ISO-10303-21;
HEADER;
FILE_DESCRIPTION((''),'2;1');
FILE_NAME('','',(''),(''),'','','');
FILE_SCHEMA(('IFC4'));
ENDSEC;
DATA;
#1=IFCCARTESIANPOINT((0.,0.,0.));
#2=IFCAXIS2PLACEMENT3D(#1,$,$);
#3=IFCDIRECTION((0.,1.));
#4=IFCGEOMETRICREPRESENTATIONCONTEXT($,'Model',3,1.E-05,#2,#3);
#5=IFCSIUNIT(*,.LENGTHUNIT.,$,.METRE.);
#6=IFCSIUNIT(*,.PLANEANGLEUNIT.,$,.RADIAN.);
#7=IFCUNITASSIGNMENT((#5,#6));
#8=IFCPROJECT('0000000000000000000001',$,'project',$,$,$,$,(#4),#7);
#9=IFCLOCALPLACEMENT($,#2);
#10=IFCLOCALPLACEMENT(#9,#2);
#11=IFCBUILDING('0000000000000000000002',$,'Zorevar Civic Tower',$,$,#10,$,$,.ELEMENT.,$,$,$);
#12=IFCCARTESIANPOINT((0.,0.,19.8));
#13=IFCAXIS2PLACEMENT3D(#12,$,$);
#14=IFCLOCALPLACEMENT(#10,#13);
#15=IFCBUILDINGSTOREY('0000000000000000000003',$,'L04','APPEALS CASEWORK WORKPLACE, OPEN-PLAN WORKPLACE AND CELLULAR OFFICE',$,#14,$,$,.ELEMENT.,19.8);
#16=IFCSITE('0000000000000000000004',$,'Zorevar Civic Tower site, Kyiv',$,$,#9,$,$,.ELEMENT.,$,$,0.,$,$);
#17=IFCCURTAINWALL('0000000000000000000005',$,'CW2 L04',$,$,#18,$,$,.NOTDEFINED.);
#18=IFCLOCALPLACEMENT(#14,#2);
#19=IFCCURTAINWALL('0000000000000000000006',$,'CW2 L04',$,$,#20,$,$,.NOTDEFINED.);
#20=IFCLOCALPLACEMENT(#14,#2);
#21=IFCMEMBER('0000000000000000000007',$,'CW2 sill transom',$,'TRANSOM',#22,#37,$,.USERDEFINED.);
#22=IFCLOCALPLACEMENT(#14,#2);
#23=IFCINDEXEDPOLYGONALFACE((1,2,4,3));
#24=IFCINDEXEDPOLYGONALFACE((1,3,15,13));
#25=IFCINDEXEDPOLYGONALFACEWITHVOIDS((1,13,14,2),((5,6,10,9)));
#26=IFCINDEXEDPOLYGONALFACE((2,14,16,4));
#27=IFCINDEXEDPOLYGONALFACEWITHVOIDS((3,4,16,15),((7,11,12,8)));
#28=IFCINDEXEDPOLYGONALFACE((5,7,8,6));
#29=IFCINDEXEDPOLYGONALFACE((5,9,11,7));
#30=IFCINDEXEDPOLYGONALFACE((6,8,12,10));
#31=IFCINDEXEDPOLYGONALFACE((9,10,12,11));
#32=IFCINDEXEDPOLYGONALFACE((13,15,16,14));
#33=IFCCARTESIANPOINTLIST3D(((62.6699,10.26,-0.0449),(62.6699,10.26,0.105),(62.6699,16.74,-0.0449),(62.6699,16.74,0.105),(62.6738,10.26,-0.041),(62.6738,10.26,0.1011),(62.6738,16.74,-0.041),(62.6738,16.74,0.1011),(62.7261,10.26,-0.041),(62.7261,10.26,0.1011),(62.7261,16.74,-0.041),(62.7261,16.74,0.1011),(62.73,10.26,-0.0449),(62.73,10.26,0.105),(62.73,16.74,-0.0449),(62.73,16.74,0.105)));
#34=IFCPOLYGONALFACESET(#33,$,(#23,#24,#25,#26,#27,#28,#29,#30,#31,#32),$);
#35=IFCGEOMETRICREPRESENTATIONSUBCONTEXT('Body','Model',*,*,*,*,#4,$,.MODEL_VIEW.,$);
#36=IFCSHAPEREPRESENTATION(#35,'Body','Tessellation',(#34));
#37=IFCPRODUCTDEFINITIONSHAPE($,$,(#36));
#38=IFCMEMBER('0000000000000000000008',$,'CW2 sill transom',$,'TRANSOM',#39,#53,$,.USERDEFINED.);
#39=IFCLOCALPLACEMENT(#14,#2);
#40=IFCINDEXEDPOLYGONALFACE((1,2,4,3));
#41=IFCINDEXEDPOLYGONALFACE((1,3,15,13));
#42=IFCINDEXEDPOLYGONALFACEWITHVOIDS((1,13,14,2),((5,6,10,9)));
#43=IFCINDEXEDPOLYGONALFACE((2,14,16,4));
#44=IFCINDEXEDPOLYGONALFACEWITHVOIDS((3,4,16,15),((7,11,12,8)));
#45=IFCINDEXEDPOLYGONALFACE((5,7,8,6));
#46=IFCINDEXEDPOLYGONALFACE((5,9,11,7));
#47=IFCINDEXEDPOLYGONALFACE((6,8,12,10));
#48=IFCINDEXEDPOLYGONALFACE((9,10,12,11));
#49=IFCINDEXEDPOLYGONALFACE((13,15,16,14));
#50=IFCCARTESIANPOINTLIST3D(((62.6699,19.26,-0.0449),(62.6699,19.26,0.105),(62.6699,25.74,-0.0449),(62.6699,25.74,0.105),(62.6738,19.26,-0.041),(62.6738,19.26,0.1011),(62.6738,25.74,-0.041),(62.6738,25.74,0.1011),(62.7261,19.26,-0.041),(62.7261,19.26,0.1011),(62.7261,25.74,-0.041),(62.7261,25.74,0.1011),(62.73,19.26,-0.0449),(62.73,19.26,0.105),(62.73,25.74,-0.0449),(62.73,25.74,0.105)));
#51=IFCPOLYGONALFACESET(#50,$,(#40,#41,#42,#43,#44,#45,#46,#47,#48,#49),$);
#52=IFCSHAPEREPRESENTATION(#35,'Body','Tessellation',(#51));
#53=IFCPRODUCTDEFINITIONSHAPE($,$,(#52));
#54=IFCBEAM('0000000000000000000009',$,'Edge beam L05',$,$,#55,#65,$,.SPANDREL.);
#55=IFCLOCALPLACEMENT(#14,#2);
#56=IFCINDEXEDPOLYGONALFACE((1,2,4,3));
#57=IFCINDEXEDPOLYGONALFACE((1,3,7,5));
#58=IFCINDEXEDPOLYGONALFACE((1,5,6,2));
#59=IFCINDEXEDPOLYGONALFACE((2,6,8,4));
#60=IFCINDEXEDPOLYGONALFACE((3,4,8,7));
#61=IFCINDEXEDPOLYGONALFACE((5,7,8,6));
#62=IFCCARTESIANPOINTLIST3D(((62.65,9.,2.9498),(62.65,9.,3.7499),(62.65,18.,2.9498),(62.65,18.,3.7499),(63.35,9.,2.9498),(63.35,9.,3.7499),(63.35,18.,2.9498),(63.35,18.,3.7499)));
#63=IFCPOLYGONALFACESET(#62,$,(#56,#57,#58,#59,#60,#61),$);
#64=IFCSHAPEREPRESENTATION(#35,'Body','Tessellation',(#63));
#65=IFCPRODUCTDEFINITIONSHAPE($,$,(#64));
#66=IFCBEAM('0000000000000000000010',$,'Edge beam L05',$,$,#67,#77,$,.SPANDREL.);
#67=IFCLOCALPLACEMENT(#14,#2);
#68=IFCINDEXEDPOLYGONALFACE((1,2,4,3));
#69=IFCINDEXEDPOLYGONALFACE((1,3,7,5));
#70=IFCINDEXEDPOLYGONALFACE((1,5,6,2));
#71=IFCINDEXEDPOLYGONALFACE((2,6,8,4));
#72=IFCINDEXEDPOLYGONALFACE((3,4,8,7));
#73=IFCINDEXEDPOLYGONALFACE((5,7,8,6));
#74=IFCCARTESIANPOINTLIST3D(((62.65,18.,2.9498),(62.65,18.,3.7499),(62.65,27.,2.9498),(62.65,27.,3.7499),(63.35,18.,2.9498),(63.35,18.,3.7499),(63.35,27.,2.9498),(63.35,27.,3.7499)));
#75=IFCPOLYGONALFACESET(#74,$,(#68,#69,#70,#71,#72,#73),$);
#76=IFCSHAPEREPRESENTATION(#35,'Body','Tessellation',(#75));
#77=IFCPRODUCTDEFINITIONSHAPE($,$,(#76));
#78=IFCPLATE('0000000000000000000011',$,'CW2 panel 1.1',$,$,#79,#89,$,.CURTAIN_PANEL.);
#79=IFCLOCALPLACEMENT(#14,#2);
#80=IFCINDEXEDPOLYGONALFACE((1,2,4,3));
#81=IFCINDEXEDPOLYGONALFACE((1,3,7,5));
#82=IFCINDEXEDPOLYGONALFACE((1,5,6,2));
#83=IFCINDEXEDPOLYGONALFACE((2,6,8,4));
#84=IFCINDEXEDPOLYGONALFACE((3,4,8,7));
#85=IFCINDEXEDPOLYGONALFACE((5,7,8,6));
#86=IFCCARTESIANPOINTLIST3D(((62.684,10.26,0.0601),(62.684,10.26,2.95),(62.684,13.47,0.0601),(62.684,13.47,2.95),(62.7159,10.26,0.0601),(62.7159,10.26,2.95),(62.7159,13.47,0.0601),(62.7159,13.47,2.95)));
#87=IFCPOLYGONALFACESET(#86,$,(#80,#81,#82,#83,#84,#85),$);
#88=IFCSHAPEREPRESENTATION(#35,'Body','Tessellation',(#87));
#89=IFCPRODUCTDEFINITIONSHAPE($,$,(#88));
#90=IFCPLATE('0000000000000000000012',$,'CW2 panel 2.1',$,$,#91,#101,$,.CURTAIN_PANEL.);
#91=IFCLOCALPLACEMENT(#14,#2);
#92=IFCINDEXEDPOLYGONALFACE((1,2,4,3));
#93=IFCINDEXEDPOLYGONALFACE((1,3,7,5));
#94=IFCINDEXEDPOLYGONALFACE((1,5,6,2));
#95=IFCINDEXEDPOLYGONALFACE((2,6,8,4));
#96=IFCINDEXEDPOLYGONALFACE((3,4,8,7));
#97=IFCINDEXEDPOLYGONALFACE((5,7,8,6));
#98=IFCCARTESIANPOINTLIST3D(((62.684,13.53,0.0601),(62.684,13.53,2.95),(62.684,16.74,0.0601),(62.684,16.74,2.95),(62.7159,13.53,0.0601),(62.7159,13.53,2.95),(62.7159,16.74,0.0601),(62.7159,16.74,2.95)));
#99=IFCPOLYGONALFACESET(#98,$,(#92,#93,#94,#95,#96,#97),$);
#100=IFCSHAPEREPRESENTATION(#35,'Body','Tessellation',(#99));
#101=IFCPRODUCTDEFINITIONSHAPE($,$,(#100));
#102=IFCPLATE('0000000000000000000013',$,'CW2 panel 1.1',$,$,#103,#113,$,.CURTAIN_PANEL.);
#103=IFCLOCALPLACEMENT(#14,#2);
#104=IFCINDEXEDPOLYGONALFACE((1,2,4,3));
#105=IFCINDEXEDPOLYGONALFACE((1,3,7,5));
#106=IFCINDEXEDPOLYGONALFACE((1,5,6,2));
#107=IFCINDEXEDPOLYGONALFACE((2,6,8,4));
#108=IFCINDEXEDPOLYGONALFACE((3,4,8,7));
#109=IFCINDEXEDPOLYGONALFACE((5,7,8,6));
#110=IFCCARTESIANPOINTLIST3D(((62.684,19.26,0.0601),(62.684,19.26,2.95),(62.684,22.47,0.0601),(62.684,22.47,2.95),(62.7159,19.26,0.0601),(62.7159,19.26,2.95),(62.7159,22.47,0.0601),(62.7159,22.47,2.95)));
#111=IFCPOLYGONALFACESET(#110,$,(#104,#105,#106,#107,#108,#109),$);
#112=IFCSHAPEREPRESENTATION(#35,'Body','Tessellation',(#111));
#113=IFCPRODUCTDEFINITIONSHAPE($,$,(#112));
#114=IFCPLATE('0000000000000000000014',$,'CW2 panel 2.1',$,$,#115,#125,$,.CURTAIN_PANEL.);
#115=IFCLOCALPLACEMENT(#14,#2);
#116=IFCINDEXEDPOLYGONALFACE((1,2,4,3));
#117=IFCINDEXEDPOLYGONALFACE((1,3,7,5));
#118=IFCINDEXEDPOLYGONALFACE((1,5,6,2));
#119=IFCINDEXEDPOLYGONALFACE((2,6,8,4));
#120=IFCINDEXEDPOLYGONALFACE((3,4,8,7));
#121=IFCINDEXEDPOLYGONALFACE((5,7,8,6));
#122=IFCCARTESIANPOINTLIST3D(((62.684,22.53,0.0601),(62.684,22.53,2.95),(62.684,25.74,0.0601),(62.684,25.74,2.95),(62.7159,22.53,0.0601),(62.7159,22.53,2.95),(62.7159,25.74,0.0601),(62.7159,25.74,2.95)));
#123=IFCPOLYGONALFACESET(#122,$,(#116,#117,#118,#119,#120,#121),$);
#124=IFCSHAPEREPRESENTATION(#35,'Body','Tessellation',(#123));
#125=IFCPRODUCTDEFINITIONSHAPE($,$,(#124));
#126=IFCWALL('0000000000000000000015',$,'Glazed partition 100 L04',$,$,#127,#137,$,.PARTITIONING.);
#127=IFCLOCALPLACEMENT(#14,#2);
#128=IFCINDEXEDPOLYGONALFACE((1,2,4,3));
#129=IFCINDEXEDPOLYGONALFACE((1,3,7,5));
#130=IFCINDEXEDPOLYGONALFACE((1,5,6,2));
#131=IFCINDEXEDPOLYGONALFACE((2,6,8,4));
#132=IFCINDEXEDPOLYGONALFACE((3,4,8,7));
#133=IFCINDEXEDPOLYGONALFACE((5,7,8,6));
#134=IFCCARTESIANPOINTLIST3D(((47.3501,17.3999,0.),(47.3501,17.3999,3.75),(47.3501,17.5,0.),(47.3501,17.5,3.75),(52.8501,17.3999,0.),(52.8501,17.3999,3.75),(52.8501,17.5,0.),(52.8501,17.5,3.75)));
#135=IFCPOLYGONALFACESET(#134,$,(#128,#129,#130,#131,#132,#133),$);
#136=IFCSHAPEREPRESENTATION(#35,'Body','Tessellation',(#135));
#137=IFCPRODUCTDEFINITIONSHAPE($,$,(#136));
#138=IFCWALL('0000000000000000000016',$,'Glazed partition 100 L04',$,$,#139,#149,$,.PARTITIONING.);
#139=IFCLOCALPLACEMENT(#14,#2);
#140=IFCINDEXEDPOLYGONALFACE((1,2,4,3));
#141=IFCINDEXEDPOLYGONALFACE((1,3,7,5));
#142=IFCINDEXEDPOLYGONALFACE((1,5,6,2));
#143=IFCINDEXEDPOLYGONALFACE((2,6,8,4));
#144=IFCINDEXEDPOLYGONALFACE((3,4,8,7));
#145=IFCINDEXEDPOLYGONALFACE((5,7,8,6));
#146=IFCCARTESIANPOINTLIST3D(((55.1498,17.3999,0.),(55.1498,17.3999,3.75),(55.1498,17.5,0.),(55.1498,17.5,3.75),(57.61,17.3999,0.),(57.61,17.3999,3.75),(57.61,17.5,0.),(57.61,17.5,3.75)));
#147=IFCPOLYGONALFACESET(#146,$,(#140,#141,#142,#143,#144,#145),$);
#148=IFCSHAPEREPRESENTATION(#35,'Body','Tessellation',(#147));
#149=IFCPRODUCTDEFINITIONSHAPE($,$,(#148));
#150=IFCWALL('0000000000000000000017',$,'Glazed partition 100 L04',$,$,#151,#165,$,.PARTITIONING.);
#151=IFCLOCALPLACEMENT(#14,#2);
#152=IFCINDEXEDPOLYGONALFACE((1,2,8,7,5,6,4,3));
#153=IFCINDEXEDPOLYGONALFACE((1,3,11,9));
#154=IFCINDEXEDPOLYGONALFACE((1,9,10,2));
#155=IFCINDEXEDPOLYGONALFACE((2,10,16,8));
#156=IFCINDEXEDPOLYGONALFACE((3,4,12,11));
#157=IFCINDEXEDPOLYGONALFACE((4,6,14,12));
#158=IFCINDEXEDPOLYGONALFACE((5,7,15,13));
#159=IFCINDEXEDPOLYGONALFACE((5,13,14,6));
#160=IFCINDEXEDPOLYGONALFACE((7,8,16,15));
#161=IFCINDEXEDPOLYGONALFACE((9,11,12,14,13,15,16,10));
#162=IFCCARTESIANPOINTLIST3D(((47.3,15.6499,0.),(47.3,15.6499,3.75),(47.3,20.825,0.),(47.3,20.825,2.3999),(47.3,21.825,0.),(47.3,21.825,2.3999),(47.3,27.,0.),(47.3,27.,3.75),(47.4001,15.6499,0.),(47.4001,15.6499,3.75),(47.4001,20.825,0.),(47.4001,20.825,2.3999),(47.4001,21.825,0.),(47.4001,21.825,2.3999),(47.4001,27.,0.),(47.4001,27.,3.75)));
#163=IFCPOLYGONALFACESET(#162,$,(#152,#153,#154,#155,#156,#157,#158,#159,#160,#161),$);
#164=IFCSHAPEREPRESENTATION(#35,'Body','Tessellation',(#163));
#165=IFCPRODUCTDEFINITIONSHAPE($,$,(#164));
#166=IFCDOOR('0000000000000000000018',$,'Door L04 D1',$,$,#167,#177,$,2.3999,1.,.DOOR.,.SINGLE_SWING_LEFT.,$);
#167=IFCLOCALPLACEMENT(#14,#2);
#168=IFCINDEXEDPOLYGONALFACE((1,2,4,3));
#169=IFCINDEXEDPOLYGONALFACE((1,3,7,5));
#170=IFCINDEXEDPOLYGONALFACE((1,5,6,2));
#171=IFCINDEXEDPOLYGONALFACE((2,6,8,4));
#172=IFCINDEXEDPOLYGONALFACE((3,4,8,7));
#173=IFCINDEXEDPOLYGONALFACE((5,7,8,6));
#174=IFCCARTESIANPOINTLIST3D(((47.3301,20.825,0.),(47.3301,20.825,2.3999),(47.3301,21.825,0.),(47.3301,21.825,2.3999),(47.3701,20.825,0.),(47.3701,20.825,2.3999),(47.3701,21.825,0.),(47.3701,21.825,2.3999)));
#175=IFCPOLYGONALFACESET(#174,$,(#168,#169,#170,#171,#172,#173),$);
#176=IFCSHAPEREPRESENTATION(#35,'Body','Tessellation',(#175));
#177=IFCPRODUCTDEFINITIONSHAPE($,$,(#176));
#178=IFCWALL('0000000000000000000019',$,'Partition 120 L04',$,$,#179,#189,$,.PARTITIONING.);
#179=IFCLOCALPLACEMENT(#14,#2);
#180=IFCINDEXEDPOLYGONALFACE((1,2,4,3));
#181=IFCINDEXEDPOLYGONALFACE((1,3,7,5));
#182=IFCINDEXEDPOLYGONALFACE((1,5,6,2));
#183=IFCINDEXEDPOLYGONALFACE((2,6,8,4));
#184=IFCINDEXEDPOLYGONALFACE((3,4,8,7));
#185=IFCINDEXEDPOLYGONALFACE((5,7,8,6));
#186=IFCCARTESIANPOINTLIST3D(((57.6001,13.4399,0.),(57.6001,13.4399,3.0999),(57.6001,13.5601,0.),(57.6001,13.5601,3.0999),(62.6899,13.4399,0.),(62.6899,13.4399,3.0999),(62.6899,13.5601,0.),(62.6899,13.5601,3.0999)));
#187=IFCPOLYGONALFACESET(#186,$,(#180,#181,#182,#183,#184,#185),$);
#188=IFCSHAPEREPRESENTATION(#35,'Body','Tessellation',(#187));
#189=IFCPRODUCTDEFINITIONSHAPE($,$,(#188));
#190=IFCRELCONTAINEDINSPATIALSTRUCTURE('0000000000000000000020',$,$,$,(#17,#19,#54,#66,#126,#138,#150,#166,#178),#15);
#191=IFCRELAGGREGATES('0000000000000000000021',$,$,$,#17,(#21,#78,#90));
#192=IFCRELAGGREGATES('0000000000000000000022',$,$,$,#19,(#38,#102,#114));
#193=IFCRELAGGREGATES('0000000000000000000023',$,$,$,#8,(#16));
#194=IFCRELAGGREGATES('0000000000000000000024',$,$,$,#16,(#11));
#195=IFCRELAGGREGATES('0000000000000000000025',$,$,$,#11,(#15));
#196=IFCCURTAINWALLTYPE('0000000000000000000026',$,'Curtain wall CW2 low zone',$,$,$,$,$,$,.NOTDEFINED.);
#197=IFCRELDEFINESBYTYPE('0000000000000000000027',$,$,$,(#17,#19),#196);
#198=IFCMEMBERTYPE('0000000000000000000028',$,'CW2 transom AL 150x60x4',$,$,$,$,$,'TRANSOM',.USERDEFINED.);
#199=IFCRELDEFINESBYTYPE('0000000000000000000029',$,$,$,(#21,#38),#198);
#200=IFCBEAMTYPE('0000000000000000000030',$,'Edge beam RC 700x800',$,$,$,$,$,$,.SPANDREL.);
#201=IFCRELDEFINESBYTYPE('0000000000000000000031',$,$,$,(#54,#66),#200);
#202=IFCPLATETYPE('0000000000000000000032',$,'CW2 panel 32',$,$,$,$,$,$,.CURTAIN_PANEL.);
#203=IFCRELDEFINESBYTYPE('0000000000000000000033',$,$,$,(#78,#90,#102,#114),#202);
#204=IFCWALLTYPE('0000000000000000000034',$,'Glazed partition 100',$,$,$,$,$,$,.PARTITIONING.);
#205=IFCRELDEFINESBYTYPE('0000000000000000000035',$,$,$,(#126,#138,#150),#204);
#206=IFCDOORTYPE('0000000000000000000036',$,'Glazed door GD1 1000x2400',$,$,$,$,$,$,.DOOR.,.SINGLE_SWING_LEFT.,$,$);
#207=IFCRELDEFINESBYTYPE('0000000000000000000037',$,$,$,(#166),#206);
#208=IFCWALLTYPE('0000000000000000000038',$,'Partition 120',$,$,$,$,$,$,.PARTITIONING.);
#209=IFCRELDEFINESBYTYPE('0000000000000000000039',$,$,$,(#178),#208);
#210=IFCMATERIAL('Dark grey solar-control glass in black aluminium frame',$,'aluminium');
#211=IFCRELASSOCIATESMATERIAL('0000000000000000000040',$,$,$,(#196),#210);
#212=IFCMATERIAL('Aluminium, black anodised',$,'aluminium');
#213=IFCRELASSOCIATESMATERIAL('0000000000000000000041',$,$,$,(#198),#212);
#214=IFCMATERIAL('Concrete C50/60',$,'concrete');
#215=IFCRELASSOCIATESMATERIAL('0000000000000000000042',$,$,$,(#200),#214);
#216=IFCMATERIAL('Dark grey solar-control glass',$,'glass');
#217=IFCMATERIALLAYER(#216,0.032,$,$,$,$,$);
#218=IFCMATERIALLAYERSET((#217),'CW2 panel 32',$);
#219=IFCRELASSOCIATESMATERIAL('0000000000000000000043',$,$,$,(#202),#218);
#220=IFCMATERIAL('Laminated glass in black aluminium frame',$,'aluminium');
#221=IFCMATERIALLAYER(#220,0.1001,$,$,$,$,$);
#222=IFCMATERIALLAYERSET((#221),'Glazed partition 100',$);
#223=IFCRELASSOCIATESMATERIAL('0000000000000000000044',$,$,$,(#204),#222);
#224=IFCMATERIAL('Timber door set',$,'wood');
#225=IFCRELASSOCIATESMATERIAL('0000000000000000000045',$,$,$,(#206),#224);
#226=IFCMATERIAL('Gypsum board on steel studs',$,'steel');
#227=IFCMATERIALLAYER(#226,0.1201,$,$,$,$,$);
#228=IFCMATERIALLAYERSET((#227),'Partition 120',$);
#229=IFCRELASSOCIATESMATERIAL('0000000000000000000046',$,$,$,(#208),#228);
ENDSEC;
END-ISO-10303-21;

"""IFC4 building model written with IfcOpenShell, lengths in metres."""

from ifc_helpers import new_model, si_unit, direction, frame, frame_2d, origin, origin_2d, place, context, subcontext, project, spatial, rectangle, hollow_rectangle, extrude, material, layer, layer_set, material_profile, profile_set, type_object, element, fill, aggregate, save


model = new_model("IFC4")

# Units and contexts
model_context = context("Model", 3, precision=1e-05, world=origin(), true_north=direction((0.0, 1.0)))
body_context = subcontext(model_context, "Body", "Model", "MODEL_VIEW")
ifc_project = project(units=[si_unit("LENGTHUNIT", "METRE"), si_unit("PLANEANGLEUNIT", "RADIAN")], contexts=[model_context])

# Site, building, storey
site_placement = place(None, origin())
site = spatial("IfcSite", under=ifc_project, at=site_placement, Name="Zorevar Civic Tower site, Kyiv", CompositionType="ELEMENT", RefElevation=0.0)
building_placement = place(site_placement, origin())
building = spatial("IfcBuilding", under=site, at=building_placement, Name="Zorevar Civic Tower", CompositionType="ELEMENT")
storey_placement = place(building_placement, frame((0.0, 0.0, 19.8)))
storey = spatial("IfcBuildingStorey", under=building, at=storey_placement, Name="L04", Description="APPEALS CASEWORK WORKPLACE, OPEN-PLAN WORKPLACE AND CELLULAR OFFICE", CompositionType="ELEMENT", Elevation=19.8)

# Curtain walls
ifc_material_1 = material(Name="Dark grey solar-control glass in black aluminium frame", Category="aluminium")
curtain_wall_type = type_object("IfcCurtainWallType", Name="Curtain wall CW2 low zone", PredefinedType="NOTDEFINED", material=ifc_material_1)
curtain_wall_1_placement = place(storey_placement, origin())
curtain_wall_1 = element("IfcCurtainWall", 1, at=curtain_wall_1_placement, inside=storey, type_object=curtain_wall_type, Name="CW2 L04", PredefinedType="NOTDEFINED")
curtain_wall_2_placement = place(storey_placement, origin())
curtain_wall_2 = element("IfcCurtainWall", 2, at=curtain_wall_2_placement, inside=storey, type_object=curtain_wall_type, Name="CW2 L04", PredefinedType="NOTDEFINED")

# Members
ifc_material_2 = material(Name="Aluminium, black anodised", Category="aluminium")
ifc_material_profile_1 = material_profile(ifc_material_2, hollow_rectangle(XDim=0.0601, YDim=0.1499, WallThickness=0.0039, at=origin_2d()), Name="AL 150x60x4")
ifc_profile_set_1 = profile_set([ifc_material_profile_1], Name="Aluminium, black anodised")
member_type_1 = type_object("IfcMemberType", Name="CW2 transom AL 150x60x4", ElementType="TRANSOM", PredefinedType="USERDEFINED", material=ifc_profile_set_1)
member_1_placement = place(storey_placement, frame((62.7, 10.26, 0.03), z_axis=(0.0, 1.0, 0.0), x_axis=(-1.0, 0.0, 0.0)))
member_1 = element("IfcMember", 3, at=member_1_placement, type_object=member_type_1, Name="CW2 sill transom", ObjectType="TRANSOM", PredefinedType="USERDEFINED", context=body_context, shape_type="SweptSolid", body=[
    extrude(hollow_rectangle(XDim=0.0601, YDim=0.1499, WallThickness=0.0039, at=origin_2d()), origin(), (0.0, 0.0, 1.0), 6.48),
])
member_2_placement = place(storey_placement, frame((62.7, 19.26, 0.03), z_axis=(0.0, 1.0, 0.0), x_axis=(-1.0, 0.0, 0.0)))
member_2 = element("IfcMember", 4, at=member_2_placement, type_object=member_type_1, Name="CW2 sill transom", ObjectType="TRANSOM", PredefinedType="USERDEFINED", context=body_context, shape_type="SweptSolid", body=[
    extrude(hollow_rectangle(XDim=0.0601, YDim=0.1499, WallThickness=0.0039, at=origin_2d()), origin(), (0.0, 0.0, 1.0), 6.48),
])

# Beams
ifc_material_3 = material(Name="Concrete C50/60", Category="concrete")
ifc_material_profile_2 = material_profile(ifc_material_3, rectangle(XDim=0.7, YDim=0.8, at=origin_2d()), Name="RC 700x800")
ifc_profile_set_2 = profile_set([ifc_material_profile_2], Name="Concrete C50/60")
beam_type_1 = type_object("IfcBeamType", Name="Edge beam RC 700x800", PredefinedType="SPANDREL", material=ifc_profile_set_2)
for number, where, z_axis, x_axis, name in (
    (5, (63.0, 9.0, 3.3499), (0.0, 1.0, 0.0), (-1.0, 0.0, 0.0), "Edge beam L05"),
    (6, (63.0, 18.0, 3.3499), (0.0, 1.0, 0.0), (-1.0, 0.0, 0.0), "Edge beam L05"),
):
    element("IfcBeam", number, at=place(storey_placement, frame(where, z_axis=z_axis, x_axis=x_axis)), inside=storey, type_object=beam_type_1, Name=name, PredefinedType="SPANDREL", context=body_context, shape_type="SweptSolid", body=[
        extrude(rectangle(XDim=0.7, YDim=0.8, at=origin_2d()), origin(), (0.0, 0.0, 1.0), 9.0),
    ])

# Plates
ifc_material_4 = material(Name="Dark grey solar-control glass", Category="glass")
ifc_layer_1 = layer(ifc_material_4, 0.032)
ifc_layer_set_1 = layer_set([ifc_layer_1], Name="CW2 panel 32")
plate_type = type_object("IfcPlateType", Name="CW2 panel 32", PredefinedType="CURTAIN_PANEL", material=ifc_layer_set_1)
plate_1_placement = place(storey_placement, frame((62.7, 11.865, 0.0601), z_axis=(0.0, 0.0, 1.0), x_axis=(0.0, 1.0, 0.0)))
plate_1 = element("IfcPlate", 7, at=plate_1_placement, type_object=plate_type, Name="CW2 panel 1.1", PredefinedType="CURTAIN_PANEL", context=body_context, shape_type="SweptSolid", body=[
    extrude(rectangle(XDim=3.21, YDim=0.032, at=origin_2d()), origin(), (0.0, 0.0, 1.0), 2.8899),
])
plate_2_placement = place(storey_placement, frame((62.7, 15.135, 0.0601), z_axis=(0.0, 0.0, 1.0), x_axis=(0.0, 1.0, 0.0)))
plate_2 = element("IfcPlate", 8, at=plate_2_placement, type_object=plate_type, Name="CW2 panel 2.1", PredefinedType="CURTAIN_PANEL", context=body_context, shape_type="SweptSolid", body=[
    extrude(rectangle(XDim=3.21, YDim=0.032, at=origin_2d()), origin(), (0.0, 0.0, 1.0), 2.8899),
])
aggregate(curtain_wall_1, [member_1, plate_1, plate_2])
plate_3_placement = place(storey_placement, frame((62.7, 20.865, 0.0601), z_axis=(0.0, 0.0, 1.0), x_axis=(0.0, 1.0, 0.0)))
plate_3 = element("IfcPlate", 9, at=plate_3_placement, type_object=plate_type, Name="CW2 panel 1.1", PredefinedType="CURTAIN_PANEL", context=body_context, shape_type="SweptSolid", body=[
    extrude(rectangle(XDim=3.21, YDim=0.032, at=origin_2d()), origin(), (0.0, 0.0, 1.0), 2.8899),
])
plate_4_placement = place(storey_placement, frame((62.7, 24.135, 0.0601), z_axis=(0.0, 0.0, 1.0), x_axis=(0.0, 1.0, 0.0)))
plate_4 = element("IfcPlate", 10, at=plate_4_placement, type_object=plate_type, Name="CW2 panel 2.1", PredefinedType="CURTAIN_PANEL", context=body_context, shape_type="SweptSolid", body=[
    extrude(rectangle(XDim=3.21, YDim=0.032, at=origin_2d()), origin(), (0.0, 0.0, 1.0), 2.8899),
])
aggregate(curtain_wall_2, [member_2, plate_3, plate_4])

# Walls
ifc_material_5 = material(Name="Laminated glass in black aluminium frame", Category="aluminium")
ifc_layer_2 = layer(ifc_material_5, 0.1001)
ifc_layer_set_2 = layer_set([ifc_layer_2], Name="Glazed partition 100")
wall_type_1 = type_object("IfcWallType", Name="Glazed partition 100", PredefinedType="PARTITIONING", material=ifc_layer_set_2)
wall_1_placement = place(storey_placement, frame((47.3501, 17.45, 0.0), z_axis=(0.0, 0.0, 1.0), x_axis=(1.0, 0.0, 0.0)))
element("IfcWall", 11, at=wall_1_placement, inside=storey, type_object=wall_type_1, Name="Glazed partition 100 L04", PredefinedType="PARTITIONING", context=body_context, shape_type="SweptSolid", body=[
    extrude(rectangle(XDim=5.5, YDim=0.1001, at=frame_2d((2.75, 0.0))), origin(), (0.0, 0.0, 1.0), 3.75),
])
wall_2_placement = place(storey_placement, frame((55.1499, 17.45, 0.0), z_axis=(0.0, 0.0, 1.0), x_axis=(1.0, 0.0, 0.0)))
element("IfcWall", 12, at=wall_2_placement, inside=storey, type_object=wall_type_1, Name="Glazed partition 100 L04", PredefinedType="PARTITIONING", context=body_context, shape_type="SweptSolid", body=[
    extrude(rectangle(XDim=2.4602, YDim=0.1001, at=frame_2d((1.23, 0.0))), origin(), (0.0, 0.0, 1.0), 3.75),
])

# Wall, opening, door
wall_3_placement = place(storey_placement, frame((47.3501, 15.6499, 0.0), z_axis=(0.0, 0.0, 1.0), x_axis=(0.0, 1.0, 0.0)))
wall_3 = element("IfcWall", 13, at=wall_3_placement, inside=storey, type_object=wall_type_1, Name="Glazed partition 100 L04", PredefinedType="PARTITIONING", context=body_context, shape_type="SweptSolid", body=[
    extrude(rectangle(XDim=11.3501, YDim=0.1001, at=frame_2d((5.675, 0.0))), origin(), (0.0, 0.0, 1.0), 3.75),
])
opening_1_placement = place(wall_3_placement, frame((5.175, 0.0, 0.0)))
opening_1 = element("IfcOpeningElement", 14, at=opening_1_placement, cuts=wall_3, PredefinedType="OPENING", context=body_context, shape_type="SweptSolid", body=[
    extrude(rectangle(XDim=1.0, YDim=2.3999, at=frame_2d((0.5, 1.2))), frame((0.0, 0.0601, 0.0), z_axis=(0.0, -1.0, 0.0), x_axis=(1.0, 0.0, 0.0)), (0.0, 0.0, 1.0), 0.1201),
])
ifc_material_6 = material(Name="Timber door set", Category="wood")
door_type_1 = type_object("IfcDoorType", Name="Glazed door GD1 1000x2400", OperationType="SINGLE_SWING_LEFT", PredefinedType="DOOR", material=ifc_material_6)
door_1_placement = place(opening_1_placement, origin())
door_1 = element("IfcDoor", 15, at=door_1_placement, inside=storey, type_object=door_type_1, Name="Door L04 D1", OperationType="SINGLE_SWING_LEFT", OverallHeight=2.3999, OverallWidth=1.0, PredefinedType="DOOR", context=body_context, shape_type="SweptSolid", body=[
    extrude(rectangle(XDim=1.0, YDim=2.3999, at=frame_2d((0.5, 1.2))), frame((0.0, 0.02, 0.0), z_axis=(0.0, -1.0, 0.0), x_axis=(1.0, 0.0, 0.0)), (0.0, 0.0, 1.0), 0.04),
])
fill(opening_1, door_1)

# Wall
ifc_material_7 = material(Name="Gypsum board on steel studs", Category="steel")
ifc_layer_3 = layer(ifc_material_7, 0.1201)
ifc_layer_set_3 = layer_set([ifc_layer_3], Name="Partition 120")
wall_type_2 = type_object("IfcWallType", Name="Partition 120", PredefinedType="PARTITIONING", material=ifc_layer_set_3)
wall_4_placement = place(storey_placement, frame((57.6001, 13.5, 0.0), z_axis=(0.0, 0.0, 1.0), x_axis=(1.0, 0.0, 0.0)))
element("IfcWall", 16, at=wall_4_placement, inside=storey, type_object=wall_type_2, Name="Partition 120 L04", PredefinedType="PARTITIONING", context=body_context, shape_type="SweptSolid", body=[
    extrude(rectangle(XDim=5.0898, YDim=0.1201, at=frame_2d((2.5449, 0.0))), origin(), (0.0, 0.0, 1.0), 3.0999),
])

save(model, "model.ifc")
